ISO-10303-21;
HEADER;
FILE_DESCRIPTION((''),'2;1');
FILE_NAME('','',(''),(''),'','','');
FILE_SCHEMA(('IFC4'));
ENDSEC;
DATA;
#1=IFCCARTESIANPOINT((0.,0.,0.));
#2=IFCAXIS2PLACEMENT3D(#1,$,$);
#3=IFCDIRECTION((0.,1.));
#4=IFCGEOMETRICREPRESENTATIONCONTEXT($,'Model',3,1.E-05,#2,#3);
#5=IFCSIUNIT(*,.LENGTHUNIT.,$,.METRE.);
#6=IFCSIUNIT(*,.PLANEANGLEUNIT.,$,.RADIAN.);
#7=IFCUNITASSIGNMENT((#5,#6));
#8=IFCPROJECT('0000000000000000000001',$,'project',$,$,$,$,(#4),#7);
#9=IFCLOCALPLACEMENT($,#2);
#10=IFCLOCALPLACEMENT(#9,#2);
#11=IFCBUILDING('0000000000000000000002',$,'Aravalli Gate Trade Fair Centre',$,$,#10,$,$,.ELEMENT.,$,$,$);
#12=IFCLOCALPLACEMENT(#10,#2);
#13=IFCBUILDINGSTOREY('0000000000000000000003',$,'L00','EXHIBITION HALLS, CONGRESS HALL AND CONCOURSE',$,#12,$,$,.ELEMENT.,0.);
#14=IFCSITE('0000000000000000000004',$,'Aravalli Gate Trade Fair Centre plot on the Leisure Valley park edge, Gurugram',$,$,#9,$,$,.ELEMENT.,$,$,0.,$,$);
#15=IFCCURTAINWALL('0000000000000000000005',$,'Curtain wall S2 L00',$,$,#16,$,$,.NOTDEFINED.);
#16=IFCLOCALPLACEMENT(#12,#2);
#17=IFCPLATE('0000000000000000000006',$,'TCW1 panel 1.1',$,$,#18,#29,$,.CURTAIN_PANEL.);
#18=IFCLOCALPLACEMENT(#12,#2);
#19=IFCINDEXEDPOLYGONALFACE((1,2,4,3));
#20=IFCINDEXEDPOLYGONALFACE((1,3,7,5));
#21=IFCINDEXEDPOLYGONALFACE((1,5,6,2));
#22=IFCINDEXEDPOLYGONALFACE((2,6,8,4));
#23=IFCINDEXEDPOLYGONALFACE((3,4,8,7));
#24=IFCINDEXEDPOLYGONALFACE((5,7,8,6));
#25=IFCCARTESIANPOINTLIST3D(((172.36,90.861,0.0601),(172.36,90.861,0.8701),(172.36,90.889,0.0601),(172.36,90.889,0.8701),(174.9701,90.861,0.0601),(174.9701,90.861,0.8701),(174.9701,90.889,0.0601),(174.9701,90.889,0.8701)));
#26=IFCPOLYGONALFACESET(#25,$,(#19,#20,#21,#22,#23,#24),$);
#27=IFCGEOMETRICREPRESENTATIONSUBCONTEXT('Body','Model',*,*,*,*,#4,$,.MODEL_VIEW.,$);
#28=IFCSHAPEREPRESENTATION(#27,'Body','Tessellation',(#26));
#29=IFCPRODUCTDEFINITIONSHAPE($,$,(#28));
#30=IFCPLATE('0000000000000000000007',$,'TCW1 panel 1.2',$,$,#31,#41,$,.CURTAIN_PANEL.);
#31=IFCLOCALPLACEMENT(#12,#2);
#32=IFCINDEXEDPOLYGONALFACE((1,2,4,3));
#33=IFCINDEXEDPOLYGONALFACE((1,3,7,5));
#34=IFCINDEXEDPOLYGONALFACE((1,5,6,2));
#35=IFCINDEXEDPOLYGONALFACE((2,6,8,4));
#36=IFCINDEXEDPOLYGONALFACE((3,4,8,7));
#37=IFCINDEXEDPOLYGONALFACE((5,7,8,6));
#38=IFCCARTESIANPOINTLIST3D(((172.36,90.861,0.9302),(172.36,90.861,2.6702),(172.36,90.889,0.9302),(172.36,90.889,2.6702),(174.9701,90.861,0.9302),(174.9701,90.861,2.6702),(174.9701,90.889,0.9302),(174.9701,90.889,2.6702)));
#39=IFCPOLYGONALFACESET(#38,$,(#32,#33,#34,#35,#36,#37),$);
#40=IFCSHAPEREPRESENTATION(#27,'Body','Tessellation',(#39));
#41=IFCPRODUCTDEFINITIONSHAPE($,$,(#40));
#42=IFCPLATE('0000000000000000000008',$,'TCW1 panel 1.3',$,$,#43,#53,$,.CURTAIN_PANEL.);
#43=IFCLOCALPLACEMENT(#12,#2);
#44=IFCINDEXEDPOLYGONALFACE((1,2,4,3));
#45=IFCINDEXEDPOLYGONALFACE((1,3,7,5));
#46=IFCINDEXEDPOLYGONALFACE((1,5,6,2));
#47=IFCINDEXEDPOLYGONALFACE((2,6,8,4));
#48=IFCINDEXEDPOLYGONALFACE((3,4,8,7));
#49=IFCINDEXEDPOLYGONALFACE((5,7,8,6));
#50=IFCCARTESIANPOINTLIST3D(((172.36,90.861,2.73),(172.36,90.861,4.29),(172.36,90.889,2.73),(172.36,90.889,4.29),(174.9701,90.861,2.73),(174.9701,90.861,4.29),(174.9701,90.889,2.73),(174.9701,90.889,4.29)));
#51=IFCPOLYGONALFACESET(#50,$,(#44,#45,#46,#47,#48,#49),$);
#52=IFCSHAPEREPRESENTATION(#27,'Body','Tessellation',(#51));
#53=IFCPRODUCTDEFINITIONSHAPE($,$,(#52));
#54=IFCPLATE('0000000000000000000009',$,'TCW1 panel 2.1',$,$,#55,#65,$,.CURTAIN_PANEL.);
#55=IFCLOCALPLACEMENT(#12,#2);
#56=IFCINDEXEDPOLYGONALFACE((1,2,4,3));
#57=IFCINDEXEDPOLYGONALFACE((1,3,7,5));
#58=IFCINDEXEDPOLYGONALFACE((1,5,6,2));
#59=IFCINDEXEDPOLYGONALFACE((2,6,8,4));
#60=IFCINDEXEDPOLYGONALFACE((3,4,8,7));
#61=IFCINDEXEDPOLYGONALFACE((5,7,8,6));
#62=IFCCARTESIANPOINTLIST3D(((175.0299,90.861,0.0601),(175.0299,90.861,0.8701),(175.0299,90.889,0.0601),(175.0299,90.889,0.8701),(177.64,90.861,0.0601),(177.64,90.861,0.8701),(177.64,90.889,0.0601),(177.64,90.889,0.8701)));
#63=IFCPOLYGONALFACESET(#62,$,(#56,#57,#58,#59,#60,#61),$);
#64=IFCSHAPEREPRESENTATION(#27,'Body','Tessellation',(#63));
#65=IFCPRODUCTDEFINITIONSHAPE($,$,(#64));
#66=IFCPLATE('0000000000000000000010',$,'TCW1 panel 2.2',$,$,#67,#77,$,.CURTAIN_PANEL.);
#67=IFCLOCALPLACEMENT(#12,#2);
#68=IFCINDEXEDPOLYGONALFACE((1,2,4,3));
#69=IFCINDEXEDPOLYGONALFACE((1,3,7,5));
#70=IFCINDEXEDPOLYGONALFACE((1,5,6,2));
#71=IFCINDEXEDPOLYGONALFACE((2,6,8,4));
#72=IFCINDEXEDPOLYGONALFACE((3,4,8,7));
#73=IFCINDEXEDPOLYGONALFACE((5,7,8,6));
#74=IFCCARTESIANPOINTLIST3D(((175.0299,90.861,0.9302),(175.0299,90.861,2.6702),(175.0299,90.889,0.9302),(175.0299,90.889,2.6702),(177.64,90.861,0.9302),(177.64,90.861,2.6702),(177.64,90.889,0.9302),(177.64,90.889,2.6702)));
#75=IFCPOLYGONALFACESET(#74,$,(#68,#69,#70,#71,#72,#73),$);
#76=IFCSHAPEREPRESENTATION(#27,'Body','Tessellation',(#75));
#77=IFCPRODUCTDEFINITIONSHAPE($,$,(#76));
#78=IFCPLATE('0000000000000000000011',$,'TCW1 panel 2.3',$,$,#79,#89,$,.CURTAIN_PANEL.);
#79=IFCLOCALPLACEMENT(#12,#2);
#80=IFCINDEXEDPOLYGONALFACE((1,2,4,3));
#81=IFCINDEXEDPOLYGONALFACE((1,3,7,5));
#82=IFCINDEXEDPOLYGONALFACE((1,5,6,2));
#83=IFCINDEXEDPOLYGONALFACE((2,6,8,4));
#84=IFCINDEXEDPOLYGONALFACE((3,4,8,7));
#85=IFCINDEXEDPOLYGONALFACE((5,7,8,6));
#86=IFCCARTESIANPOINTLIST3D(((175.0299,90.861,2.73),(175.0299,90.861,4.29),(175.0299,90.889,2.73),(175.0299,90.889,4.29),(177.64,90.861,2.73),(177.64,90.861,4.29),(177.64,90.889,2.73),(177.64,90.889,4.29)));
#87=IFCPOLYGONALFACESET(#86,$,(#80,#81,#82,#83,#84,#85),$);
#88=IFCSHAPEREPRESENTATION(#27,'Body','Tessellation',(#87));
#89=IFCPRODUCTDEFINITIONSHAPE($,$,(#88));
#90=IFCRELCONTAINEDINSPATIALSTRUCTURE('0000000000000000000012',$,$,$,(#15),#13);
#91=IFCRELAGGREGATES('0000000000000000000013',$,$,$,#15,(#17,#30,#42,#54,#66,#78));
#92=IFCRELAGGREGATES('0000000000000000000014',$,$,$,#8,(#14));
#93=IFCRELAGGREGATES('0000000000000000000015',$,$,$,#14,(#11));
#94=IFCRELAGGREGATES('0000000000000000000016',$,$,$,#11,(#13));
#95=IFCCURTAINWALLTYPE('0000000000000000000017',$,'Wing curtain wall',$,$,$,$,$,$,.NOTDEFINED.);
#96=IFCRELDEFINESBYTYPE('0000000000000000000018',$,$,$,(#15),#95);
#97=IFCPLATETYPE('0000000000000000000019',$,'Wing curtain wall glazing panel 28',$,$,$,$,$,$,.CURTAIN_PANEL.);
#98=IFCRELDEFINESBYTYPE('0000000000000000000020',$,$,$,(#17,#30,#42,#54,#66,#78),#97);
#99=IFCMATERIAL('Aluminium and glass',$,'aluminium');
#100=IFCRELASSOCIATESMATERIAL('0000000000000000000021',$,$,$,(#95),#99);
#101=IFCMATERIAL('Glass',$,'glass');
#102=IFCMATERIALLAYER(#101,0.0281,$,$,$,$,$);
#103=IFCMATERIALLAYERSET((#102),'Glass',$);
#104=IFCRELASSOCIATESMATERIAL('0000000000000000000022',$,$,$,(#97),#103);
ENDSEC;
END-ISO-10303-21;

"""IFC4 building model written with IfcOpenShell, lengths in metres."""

from ifc_helpers import new_model, si_unit, direction, frame, origin, origin_2d, place, context, subcontext, project, spatial, rectangle, extrude, material, layer, layer_set, type_object, element, aggregate, save


model = new_model("IFC4")

# Units and contexts
model_context = context("Model", 3, precision=1e-05, world=origin(), true_north=direction((0.0, 1.0)))
body_context = subcontext(model_context, "Body", "Model", "MODEL_VIEW")
ifc_project = project(units=[si_unit("LENGTHUNIT", "METRE"), si_unit("PLANEANGLEUNIT", "RADIAN")], contexts=[model_context])

# Site, building, storey
site_placement = place(None, origin())
site = spatial("IfcSite", under=ifc_project, at=site_placement, Name="Aravalli Gate Trade Fair Centre plot on the Leisure Valley park edge, Gurugram", CompositionType="ELEMENT", RefElevation=0.0)
building_placement = place(site_placement, origin())
building = spatial("IfcBuilding", under=site, at=building_placement, Name="Aravalli Gate Trade Fair Centre", CompositionType="ELEMENT")
storey_placement = place(building_placement, origin())
storey = spatial("IfcBuildingStorey", under=building, at=storey_placement, Name="L00", Description="EXHIBITION HALLS, CONGRESS HALL AND CONCOURSE", CompositionType="ELEMENT", Elevation=0.0)

# Shared definitions
ifc_material_1 = material(Name="Aluminium and glass", Category="aluminium")
curtain_wall_type = type_object("IfcCurtainWallType", Name="Wing curtain wall", PredefinedType="NOTDEFINED", material=ifc_material_1)

# Curtain wall
curtain_wall_1_placement = place(storey_placement, origin())
curtain_wall_1 = element("IfcCurtainWall", 1, at=curtain_wall_1_placement, inside=storey, type_object=curtain_wall_type, Name="Curtain wall S2 L00", PredefinedType="NOTDEFINED")

# Plates
ifc_material_2 = material(Name="Glass", Category="glass")
ifc_layer = layer(ifc_material_2, 0.0281)
ifc_layer_set = layer_set([ifc_layer], Name="Glass")
plate_type = type_object("IfcPlateType", Name="Wing curtain wall glazing panel 28", PredefinedType="CURTAIN_PANEL", material=ifc_layer_set)
plate_1_placement = place(storey_placement, frame((173.665, 90.875, 0.0601), z_axis=(0.0, 0.0, 1.0), x_axis=(1.0, 0.0, 0.0)))
plate_1 = element("IfcPlate", 2, at=plate_1_placement, type_object=plate_type, Name="TCW1 panel 1.1", PredefinedType="CURTAIN_PANEL", context=body_context, shape_type="SweptSolid", body=[
    extrude(rectangle(XDim=2.6101, YDim=0.0281, at=origin_2d()), origin(), (0.0, 0.0, 1.0), 0.8101),
])
plate_2_placement = place(storey_placement, frame((173.665, 90.875, 0.9302), z_axis=(0.0, 0.0, 1.0), x_axis=(1.0, 0.0, 0.0)))
plate_2 = element("IfcPlate", 3, at=plate_2_placement, type_object=plate_type, Name="TCW1 panel 1.2", PredefinedType="CURTAIN_PANEL", context=body_context, shape_type="SweptSolid", body=[
    extrude(rectangle(XDim=2.6101, YDim=0.0281, at=origin_2d()), origin(), (0.0, 0.0, 1.0), 1.74),
])
plate_3_placement = place(storey_placement, frame((173.665, 90.875, 2.73), z_axis=(0.0, 0.0, 1.0), x_axis=(1.0, 0.0, 0.0)))
plate_3 = element("IfcPlate", 4, at=plate_3_placement, type_object=plate_type, Name="TCW1 panel 1.3", PredefinedType="CURTAIN_PANEL", context=body_context, shape_type="SweptSolid", body=[
    extrude(rectangle(XDim=2.6101, YDim=0.0281, at=origin_2d()), origin(), (0.0, 0.0, 1.0), 1.5601),
])
plate_4_placement = place(storey_placement, frame((176.335, 90.875, 0.0601), z_axis=(0.0, 0.0, 1.0), x_axis=(1.0, 0.0, 0.0)))
plate_4 = element("IfcPlate", 5, at=plate_4_placement, type_object=plate_type, Name="TCW1 panel 2.1", PredefinedType="CURTAIN_PANEL", context=body_context, shape_type="SweptSolid", body=[
    extrude(rectangle(XDim=2.6101, YDim=0.0281, at=origin_2d()), origin(), (0.0, 0.0, 1.0), 0.8101),
])
plate_5_placement = place(storey_placement, frame((176.335, 90.875, 0.9302), z_axis=(0.0, 0.0, 1.0), x_axis=(1.0, 0.0, 0.0)))
plate_5 = element("IfcPlate", 6, at=plate_5_placement, type_object=plate_type, Name="TCW1 panel 2.2", PredefinedType="CURTAIN_PANEL", context=body_context, shape_type="SweptSolid", body=[
    extrude(rectangle(XDim=2.6101, YDim=0.0281, at=origin_2d()), origin(), (0.0, 0.0, 1.0), 1.74),
])
plate_6_placement = place(storey_placement, frame((176.335, 90.875, 2.73), z_axis=(0.0, 0.0, 1.0), x_axis=(1.0, 0.0, 0.0)))
plate_6 = element("IfcPlate", 7, at=plate_6_placement, type_object=plate_type, Name="TCW1 panel 2.3", PredefinedType="CURTAIN_PANEL", context=body_context, shape_type="SweptSolid", body=[
    extrude(rectangle(XDim=2.6101, YDim=0.0281, at=origin_2d()), origin(), (0.0, 0.0, 1.0), 1.5601),
])
aggregate(curtain_wall_1, [plate_1, plate_2, plate_3, plate_4, plate_5, plate_6])

save(model, "model.ifc")
